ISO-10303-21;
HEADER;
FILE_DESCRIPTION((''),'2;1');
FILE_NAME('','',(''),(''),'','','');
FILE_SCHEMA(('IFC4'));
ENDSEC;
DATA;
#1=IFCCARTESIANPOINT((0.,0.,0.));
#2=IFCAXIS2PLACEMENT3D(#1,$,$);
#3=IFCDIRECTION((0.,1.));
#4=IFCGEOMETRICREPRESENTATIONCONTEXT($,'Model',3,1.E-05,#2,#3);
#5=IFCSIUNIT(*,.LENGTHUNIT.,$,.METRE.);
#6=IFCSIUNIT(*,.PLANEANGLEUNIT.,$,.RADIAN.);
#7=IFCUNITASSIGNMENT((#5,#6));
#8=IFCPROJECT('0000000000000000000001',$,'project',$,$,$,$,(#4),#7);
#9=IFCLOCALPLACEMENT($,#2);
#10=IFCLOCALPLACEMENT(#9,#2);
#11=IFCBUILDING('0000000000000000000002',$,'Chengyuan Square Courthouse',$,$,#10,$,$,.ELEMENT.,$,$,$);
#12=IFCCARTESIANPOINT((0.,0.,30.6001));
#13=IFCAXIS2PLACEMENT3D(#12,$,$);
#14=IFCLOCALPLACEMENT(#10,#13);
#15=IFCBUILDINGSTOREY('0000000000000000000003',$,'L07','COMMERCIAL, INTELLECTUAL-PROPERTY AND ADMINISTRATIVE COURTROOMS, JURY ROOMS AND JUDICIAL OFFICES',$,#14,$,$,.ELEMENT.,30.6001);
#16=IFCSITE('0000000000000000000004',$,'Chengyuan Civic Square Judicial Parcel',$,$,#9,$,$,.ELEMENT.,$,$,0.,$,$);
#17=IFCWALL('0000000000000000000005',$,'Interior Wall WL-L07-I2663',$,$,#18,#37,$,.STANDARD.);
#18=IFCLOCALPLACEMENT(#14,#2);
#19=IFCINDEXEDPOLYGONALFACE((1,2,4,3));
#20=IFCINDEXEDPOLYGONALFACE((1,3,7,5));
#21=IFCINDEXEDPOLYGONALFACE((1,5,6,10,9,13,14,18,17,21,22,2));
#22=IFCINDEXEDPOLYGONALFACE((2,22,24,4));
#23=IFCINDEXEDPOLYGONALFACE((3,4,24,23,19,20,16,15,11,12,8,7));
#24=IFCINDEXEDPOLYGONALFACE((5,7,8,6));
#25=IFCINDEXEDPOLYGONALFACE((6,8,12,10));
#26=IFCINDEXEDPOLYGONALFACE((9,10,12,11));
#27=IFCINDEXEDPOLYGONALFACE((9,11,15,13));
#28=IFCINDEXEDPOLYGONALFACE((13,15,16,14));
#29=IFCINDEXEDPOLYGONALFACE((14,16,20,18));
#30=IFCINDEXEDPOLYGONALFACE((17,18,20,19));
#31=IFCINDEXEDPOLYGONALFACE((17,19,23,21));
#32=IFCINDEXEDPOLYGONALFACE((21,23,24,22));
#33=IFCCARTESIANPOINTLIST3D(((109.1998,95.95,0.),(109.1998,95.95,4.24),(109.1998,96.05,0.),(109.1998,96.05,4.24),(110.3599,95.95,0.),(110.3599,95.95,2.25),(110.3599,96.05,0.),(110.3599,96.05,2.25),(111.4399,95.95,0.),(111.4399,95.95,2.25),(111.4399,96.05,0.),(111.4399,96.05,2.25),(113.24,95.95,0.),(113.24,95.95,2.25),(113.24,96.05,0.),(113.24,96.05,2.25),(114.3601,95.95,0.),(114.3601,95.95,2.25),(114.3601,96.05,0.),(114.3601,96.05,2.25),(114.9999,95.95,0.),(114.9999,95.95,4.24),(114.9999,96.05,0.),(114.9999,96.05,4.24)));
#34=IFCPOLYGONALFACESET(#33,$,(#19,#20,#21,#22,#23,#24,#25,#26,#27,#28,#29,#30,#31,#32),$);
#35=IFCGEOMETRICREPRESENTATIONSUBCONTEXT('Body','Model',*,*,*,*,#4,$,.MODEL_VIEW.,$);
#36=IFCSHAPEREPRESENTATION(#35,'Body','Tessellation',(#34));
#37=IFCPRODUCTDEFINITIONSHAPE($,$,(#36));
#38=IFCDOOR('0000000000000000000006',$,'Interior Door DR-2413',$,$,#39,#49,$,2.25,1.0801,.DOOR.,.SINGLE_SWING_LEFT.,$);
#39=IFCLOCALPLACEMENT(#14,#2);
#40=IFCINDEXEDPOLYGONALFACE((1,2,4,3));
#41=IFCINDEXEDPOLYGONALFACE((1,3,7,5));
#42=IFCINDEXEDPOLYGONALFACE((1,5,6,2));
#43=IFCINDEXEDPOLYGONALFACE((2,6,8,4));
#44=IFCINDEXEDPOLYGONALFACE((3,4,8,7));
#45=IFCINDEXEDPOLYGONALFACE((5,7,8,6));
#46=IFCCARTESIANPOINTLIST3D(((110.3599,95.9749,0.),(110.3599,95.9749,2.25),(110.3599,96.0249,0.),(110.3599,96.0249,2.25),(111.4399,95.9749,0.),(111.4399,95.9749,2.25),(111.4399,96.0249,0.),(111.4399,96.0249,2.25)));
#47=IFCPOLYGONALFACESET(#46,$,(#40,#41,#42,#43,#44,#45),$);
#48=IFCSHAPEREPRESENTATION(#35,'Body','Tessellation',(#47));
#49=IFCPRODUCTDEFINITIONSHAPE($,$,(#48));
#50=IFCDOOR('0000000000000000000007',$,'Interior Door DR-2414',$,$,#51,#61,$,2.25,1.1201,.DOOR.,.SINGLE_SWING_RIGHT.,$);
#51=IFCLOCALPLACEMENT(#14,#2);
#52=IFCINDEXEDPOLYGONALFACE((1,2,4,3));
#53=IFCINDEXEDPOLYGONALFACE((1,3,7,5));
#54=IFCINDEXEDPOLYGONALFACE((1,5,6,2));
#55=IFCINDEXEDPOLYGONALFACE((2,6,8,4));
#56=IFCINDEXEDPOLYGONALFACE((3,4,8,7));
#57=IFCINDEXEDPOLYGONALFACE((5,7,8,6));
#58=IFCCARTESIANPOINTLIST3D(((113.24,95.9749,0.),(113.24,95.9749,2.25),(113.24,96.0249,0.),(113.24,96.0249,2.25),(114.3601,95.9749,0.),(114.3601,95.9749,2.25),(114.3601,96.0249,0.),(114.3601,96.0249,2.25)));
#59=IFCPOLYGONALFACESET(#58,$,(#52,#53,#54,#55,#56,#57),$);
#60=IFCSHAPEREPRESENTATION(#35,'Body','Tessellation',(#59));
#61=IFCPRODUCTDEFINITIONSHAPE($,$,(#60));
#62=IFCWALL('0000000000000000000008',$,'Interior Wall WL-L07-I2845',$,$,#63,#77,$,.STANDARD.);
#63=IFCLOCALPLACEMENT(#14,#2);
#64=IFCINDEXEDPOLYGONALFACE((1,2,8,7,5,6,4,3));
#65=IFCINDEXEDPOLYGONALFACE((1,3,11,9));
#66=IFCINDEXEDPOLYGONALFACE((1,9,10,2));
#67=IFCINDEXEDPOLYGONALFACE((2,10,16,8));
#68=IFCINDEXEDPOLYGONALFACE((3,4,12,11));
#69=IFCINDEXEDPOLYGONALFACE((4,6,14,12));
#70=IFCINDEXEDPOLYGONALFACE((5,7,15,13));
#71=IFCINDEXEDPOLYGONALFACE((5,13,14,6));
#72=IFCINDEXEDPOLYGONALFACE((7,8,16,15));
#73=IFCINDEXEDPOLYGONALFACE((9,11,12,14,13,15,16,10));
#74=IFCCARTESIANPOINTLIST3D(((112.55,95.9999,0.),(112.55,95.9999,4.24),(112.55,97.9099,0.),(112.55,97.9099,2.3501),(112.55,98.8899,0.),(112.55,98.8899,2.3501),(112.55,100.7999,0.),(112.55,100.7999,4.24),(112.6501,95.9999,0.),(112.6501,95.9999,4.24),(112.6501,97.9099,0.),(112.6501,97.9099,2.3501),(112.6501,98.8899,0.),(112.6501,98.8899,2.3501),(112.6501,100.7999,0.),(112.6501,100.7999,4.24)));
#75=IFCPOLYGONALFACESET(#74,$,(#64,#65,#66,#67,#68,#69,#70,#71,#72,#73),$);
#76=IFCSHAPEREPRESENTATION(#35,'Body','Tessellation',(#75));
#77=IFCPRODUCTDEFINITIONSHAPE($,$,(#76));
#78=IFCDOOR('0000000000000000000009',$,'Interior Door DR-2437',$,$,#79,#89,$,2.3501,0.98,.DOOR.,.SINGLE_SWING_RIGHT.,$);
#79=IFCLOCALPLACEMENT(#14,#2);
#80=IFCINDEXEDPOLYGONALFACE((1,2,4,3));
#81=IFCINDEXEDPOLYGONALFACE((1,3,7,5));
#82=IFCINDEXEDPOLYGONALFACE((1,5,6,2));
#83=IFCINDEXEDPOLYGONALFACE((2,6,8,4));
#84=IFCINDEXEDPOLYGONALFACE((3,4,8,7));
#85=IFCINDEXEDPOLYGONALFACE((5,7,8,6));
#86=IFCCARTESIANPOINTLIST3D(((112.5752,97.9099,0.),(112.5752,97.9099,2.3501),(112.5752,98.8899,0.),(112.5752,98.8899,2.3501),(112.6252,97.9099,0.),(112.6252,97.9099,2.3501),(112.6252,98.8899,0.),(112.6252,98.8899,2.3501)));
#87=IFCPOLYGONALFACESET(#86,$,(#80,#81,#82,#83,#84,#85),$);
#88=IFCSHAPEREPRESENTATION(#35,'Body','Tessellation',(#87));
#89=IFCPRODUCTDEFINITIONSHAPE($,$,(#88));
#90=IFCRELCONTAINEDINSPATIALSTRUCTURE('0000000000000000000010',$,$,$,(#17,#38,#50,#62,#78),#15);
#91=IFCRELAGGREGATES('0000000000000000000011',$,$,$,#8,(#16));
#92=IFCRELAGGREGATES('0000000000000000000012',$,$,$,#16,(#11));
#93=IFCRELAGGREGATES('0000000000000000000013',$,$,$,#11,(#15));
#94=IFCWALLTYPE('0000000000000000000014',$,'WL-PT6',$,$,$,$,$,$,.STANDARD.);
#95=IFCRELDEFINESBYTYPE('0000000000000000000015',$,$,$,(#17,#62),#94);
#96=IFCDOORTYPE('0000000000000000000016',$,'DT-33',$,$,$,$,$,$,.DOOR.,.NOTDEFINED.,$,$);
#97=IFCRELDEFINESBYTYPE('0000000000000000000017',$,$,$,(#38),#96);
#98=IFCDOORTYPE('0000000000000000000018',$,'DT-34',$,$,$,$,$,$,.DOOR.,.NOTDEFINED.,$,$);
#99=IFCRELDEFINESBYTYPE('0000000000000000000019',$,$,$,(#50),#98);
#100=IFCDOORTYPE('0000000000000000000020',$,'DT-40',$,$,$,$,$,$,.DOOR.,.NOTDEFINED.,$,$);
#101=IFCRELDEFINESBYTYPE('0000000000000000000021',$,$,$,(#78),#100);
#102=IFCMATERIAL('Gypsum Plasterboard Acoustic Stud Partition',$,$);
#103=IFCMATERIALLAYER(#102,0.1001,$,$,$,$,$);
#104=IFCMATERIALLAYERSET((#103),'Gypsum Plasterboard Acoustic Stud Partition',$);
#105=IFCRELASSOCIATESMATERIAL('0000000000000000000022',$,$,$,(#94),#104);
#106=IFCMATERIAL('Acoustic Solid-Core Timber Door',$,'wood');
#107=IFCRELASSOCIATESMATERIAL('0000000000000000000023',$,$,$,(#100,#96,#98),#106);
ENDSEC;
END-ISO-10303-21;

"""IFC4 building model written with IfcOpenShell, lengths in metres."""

from ifc_helpers import new_model, si_unit, direction, frame, frame_2d, origin, place, context, subcontext, project, spatial, rectangle, extrude, material, layer, layer_set, type_object, element, fill, save


model = new_model("IFC4")

# Units and contexts
model_context = context("Model", 3, precision=1e-05, world=origin(), true_north=direction((0.0, 1.0)))
body_context = subcontext(model_context, "Body", "Model", "MODEL_VIEW")
ifc_project = project(units=[si_unit("LENGTHUNIT", "METRE"), si_unit("PLANEANGLEUNIT", "RADIAN")], contexts=[model_context])

# Site, building, storey
site_placement = place(None, origin())
site = spatial("IfcSite", under=ifc_project, at=site_placement, Name="Chengyuan Civic Square Judicial Parcel", CompositionType="ELEMENT", RefElevation=0.0)
building_placement = place(site_placement, origin())
building = spatial("IfcBuilding", under=site, at=building_placement, Name="Chengyuan Square Courthouse", CompositionType="ELEMENT")
storey_placement = place(building_placement, frame((0.0, 0.0, 30.6001)))
storey = spatial("IfcBuildingStorey", under=building, at=storey_placement, Name="L07", Description="COMMERCIAL, INTELLECTUAL-PROPERTY AND ADMINISTRATIVE COURTROOMS, JURY ROOMS AND JUDICIAL OFFICES", CompositionType="ELEMENT", Elevation=30.6001)

# Wall, openings, doors
ifc_material_1 = material(Name="Gypsum Plasterboard Acoustic Stud Partition")
ifc_layer_1 = layer(ifc_material_1, 0.1001)
ifc_layer_set_1 = layer_set([ifc_layer_1], Name="Gypsum Plasterboard Acoustic Stud Partition")
wall_type_1 = type_object("IfcWallType", Name="WL-PT6", PredefinedType="STANDARD", material=ifc_layer_set_1)
ifc_material_2 = material(Name="Acoustic Solid-Core Timber Door", Category="wood")
door_type_1 = type_object("IfcDoorType", Name="DT-40", OperationType="NOTDEFINED", PredefinedType="DOOR", material=ifc_material_2)
wall_1_placement = place(storey_placement, frame((109.2, 96.0, 0.0), z_axis=(0.0, 0.0, 1.0), x_axis=(1.0, 0.0, 0.0)))
wall_1 = element("IfcWall", 1, at=wall_1_placement, inside=storey, type_object=wall_type_1, Name="Interior Wall WL-L07-I2663", PredefinedType="STANDARD", context=body_context, shape_type="SweptSolid", body=[
    extrude(rectangle(XDim=5.8, YDim=0.1001, at=frame_2d((2.8999, 0.0))), origin(), (0.0, 0.0, 1.0), 4.24),
])
opening_1_placement = place(wall_1_placement, frame((1.1599, 0.0, 0.0)))
opening_1 = element("IfcOpeningElement", 2, at=opening_1_placement, cuts=wall_1, PredefinedType="OPENING", context=body_context, shape_type="SweptSolid", body=[
    extrude(rectangle(XDim=1.0801, YDim=2.25, at=frame_2d((0.54, 1.125))), frame((0.0, 0.062, 0.0), z_axis=(0.0, -1.0, 0.0), x_axis=(1.0, 0.0, 0.0)), (0.0, 0.0, 1.0), 0.124),
])
opening_2_placement = place(wall_1_placement, frame((4.04, 0.0, 0.0)))
opening_2 = element("IfcOpeningElement", 3, at=opening_2_placement, cuts=wall_1, PredefinedType="OPENING", context=body_context, shape_type="SweptSolid", body=[
    extrude(rectangle(XDim=1.1201, YDim=2.25, at=frame_2d((0.5601, 1.125))), frame((0.0, 0.062, 0.0), z_axis=(0.0, -1.0, 0.0), x_axis=(1.0, 0.0, 0.0)), (0.0, 0.0, 1.0), 0.124),
])
door_type_2 = type_object("IfcDoorType", Name="DT-33", OperationType="NOTDEFINED", PredefinedType="DOOR", material=ifc_material_2)
door_1_placement = place(opening_1_placement, origin())
door_1 = element("IfcDoor", 4, at=door_1_placement, inside=storey, type_object=door_type_2, Name="Interior Door DR-2413", OperationType="SINGLE_SWING_LEFT", OverallHeight=2.25, OverallWidth=1.0801, PredefinedType="DOOR", context=body_context, shape_type="SweptSolid", body=[
    extrude(rectangle(XDim=1.0801, YDim=2.25, at=frame_2d((0.54, 1.125))), frame((0.0, 0.0249, 0.0), z_axis=(0.0, -1.0, 0.0), x_axis=(1.0, 0.0, 0.0)), (0.0, 0.0, 1.0), 0.05),
])
fill(opening_1, door_1)
door_type_3 = type_object("IfcDoorType", Name="DT-34", OperationType="NOTDEFINED", PredefinedType="DOOR", material=ifc_material_2)
door_2_placement = place(opening_2_placement, origin())
door_2 = element("IfcDoor", 5, at=door_2_placement, inside=storey, type_object=door_type_3, Name="Interior Door DR-2414", OperationType="SINGLE_SWING_RIGHT", OverallHeight=2.25, OverallWidth=1.1201, PredefinedType="DOOR", context=body_context, shape_type="SweptSolid", body=[
    extrude(rectangle(XDim=1.1201, YDim=2.25, at=frame_2d((0.5601, 1.125))), frame((0.0, 0.0249, 0.0), z_axis=(0.0, -1.0, 0.0), x_axis=(1.0, 0.0, 0.0)), (0.0, 0.0, 1.0), 0.05),
])
fill(opening_2, door_2)

# Wall, opening, door
wall_2_placement = place(storey_placement, frame((112.6001, 96.0, 0.0), z_axis=(0.0, 0.0, 1.0), x_axis=(0.0, 1.0, 0.0)))
wall_2 = element("IfcWall", 6, at=wall_2_placement, inside=storey, type_object=wall_type_1, Name="Interior Wall WL-L07-I2845", PredefinedType="STANDARD", context=body_context, shape_type="SweptSolid", body=[
    extrude(rectangle(XDim=4.8, YDim=0.1001, at=frame_2d((2.3999, 0.0))), origin(), (0.0, 0.0, 1.0), 4.24),
])
opening_3_placement = place(wall_2_placement, frame((1.9099, 0.0, 0.0)))
opening_3 = element("IfcOpeningElement", 7, at=opening_3_placement, cuts=wall_2, PredefinedType="OPENING", context=body_context, shape_type="SweptSolid", body=[
    extrude(rectangle(XDim=0.98, YDim=2.3501, at=frame_2d((0.49, 1.175))), frame((0.0, 0.062, 0.0), z_axis=(0.0, -1.0, 0.0), x_axis=(1.0, 0.0, 0.0)), (0.0, 0.0, 1.0), 0.124),
])
door_3_placement = place(opening_3_placement, origin())
door_3 = element("IfcDoor", 8, at=door_3_placement, inside=storey, type_object=door_type_1, Name="Interior Door DR-2437", OperationType="SINGLE_SWING_RIGHT", OverallHeight=2.3501, OverallWidth=0.98, PredefinedType="DOOR", context=body_context, shape_type="SweptSolid", body=[
    extrude(rectangle(XDim=0.98, YDim=2.3501, at=frame_2d((0.49, 1.175))), frame((0.0, 0.0249, 0.0), z_axis=(0.0, -1.0, 0.0), x_axis=(1.0, 0.0, 0.0)), (0.0, 0.0, 1.0), 0.05),
])
fill(opening_3, door_3)

save(model, "model.ifc")
